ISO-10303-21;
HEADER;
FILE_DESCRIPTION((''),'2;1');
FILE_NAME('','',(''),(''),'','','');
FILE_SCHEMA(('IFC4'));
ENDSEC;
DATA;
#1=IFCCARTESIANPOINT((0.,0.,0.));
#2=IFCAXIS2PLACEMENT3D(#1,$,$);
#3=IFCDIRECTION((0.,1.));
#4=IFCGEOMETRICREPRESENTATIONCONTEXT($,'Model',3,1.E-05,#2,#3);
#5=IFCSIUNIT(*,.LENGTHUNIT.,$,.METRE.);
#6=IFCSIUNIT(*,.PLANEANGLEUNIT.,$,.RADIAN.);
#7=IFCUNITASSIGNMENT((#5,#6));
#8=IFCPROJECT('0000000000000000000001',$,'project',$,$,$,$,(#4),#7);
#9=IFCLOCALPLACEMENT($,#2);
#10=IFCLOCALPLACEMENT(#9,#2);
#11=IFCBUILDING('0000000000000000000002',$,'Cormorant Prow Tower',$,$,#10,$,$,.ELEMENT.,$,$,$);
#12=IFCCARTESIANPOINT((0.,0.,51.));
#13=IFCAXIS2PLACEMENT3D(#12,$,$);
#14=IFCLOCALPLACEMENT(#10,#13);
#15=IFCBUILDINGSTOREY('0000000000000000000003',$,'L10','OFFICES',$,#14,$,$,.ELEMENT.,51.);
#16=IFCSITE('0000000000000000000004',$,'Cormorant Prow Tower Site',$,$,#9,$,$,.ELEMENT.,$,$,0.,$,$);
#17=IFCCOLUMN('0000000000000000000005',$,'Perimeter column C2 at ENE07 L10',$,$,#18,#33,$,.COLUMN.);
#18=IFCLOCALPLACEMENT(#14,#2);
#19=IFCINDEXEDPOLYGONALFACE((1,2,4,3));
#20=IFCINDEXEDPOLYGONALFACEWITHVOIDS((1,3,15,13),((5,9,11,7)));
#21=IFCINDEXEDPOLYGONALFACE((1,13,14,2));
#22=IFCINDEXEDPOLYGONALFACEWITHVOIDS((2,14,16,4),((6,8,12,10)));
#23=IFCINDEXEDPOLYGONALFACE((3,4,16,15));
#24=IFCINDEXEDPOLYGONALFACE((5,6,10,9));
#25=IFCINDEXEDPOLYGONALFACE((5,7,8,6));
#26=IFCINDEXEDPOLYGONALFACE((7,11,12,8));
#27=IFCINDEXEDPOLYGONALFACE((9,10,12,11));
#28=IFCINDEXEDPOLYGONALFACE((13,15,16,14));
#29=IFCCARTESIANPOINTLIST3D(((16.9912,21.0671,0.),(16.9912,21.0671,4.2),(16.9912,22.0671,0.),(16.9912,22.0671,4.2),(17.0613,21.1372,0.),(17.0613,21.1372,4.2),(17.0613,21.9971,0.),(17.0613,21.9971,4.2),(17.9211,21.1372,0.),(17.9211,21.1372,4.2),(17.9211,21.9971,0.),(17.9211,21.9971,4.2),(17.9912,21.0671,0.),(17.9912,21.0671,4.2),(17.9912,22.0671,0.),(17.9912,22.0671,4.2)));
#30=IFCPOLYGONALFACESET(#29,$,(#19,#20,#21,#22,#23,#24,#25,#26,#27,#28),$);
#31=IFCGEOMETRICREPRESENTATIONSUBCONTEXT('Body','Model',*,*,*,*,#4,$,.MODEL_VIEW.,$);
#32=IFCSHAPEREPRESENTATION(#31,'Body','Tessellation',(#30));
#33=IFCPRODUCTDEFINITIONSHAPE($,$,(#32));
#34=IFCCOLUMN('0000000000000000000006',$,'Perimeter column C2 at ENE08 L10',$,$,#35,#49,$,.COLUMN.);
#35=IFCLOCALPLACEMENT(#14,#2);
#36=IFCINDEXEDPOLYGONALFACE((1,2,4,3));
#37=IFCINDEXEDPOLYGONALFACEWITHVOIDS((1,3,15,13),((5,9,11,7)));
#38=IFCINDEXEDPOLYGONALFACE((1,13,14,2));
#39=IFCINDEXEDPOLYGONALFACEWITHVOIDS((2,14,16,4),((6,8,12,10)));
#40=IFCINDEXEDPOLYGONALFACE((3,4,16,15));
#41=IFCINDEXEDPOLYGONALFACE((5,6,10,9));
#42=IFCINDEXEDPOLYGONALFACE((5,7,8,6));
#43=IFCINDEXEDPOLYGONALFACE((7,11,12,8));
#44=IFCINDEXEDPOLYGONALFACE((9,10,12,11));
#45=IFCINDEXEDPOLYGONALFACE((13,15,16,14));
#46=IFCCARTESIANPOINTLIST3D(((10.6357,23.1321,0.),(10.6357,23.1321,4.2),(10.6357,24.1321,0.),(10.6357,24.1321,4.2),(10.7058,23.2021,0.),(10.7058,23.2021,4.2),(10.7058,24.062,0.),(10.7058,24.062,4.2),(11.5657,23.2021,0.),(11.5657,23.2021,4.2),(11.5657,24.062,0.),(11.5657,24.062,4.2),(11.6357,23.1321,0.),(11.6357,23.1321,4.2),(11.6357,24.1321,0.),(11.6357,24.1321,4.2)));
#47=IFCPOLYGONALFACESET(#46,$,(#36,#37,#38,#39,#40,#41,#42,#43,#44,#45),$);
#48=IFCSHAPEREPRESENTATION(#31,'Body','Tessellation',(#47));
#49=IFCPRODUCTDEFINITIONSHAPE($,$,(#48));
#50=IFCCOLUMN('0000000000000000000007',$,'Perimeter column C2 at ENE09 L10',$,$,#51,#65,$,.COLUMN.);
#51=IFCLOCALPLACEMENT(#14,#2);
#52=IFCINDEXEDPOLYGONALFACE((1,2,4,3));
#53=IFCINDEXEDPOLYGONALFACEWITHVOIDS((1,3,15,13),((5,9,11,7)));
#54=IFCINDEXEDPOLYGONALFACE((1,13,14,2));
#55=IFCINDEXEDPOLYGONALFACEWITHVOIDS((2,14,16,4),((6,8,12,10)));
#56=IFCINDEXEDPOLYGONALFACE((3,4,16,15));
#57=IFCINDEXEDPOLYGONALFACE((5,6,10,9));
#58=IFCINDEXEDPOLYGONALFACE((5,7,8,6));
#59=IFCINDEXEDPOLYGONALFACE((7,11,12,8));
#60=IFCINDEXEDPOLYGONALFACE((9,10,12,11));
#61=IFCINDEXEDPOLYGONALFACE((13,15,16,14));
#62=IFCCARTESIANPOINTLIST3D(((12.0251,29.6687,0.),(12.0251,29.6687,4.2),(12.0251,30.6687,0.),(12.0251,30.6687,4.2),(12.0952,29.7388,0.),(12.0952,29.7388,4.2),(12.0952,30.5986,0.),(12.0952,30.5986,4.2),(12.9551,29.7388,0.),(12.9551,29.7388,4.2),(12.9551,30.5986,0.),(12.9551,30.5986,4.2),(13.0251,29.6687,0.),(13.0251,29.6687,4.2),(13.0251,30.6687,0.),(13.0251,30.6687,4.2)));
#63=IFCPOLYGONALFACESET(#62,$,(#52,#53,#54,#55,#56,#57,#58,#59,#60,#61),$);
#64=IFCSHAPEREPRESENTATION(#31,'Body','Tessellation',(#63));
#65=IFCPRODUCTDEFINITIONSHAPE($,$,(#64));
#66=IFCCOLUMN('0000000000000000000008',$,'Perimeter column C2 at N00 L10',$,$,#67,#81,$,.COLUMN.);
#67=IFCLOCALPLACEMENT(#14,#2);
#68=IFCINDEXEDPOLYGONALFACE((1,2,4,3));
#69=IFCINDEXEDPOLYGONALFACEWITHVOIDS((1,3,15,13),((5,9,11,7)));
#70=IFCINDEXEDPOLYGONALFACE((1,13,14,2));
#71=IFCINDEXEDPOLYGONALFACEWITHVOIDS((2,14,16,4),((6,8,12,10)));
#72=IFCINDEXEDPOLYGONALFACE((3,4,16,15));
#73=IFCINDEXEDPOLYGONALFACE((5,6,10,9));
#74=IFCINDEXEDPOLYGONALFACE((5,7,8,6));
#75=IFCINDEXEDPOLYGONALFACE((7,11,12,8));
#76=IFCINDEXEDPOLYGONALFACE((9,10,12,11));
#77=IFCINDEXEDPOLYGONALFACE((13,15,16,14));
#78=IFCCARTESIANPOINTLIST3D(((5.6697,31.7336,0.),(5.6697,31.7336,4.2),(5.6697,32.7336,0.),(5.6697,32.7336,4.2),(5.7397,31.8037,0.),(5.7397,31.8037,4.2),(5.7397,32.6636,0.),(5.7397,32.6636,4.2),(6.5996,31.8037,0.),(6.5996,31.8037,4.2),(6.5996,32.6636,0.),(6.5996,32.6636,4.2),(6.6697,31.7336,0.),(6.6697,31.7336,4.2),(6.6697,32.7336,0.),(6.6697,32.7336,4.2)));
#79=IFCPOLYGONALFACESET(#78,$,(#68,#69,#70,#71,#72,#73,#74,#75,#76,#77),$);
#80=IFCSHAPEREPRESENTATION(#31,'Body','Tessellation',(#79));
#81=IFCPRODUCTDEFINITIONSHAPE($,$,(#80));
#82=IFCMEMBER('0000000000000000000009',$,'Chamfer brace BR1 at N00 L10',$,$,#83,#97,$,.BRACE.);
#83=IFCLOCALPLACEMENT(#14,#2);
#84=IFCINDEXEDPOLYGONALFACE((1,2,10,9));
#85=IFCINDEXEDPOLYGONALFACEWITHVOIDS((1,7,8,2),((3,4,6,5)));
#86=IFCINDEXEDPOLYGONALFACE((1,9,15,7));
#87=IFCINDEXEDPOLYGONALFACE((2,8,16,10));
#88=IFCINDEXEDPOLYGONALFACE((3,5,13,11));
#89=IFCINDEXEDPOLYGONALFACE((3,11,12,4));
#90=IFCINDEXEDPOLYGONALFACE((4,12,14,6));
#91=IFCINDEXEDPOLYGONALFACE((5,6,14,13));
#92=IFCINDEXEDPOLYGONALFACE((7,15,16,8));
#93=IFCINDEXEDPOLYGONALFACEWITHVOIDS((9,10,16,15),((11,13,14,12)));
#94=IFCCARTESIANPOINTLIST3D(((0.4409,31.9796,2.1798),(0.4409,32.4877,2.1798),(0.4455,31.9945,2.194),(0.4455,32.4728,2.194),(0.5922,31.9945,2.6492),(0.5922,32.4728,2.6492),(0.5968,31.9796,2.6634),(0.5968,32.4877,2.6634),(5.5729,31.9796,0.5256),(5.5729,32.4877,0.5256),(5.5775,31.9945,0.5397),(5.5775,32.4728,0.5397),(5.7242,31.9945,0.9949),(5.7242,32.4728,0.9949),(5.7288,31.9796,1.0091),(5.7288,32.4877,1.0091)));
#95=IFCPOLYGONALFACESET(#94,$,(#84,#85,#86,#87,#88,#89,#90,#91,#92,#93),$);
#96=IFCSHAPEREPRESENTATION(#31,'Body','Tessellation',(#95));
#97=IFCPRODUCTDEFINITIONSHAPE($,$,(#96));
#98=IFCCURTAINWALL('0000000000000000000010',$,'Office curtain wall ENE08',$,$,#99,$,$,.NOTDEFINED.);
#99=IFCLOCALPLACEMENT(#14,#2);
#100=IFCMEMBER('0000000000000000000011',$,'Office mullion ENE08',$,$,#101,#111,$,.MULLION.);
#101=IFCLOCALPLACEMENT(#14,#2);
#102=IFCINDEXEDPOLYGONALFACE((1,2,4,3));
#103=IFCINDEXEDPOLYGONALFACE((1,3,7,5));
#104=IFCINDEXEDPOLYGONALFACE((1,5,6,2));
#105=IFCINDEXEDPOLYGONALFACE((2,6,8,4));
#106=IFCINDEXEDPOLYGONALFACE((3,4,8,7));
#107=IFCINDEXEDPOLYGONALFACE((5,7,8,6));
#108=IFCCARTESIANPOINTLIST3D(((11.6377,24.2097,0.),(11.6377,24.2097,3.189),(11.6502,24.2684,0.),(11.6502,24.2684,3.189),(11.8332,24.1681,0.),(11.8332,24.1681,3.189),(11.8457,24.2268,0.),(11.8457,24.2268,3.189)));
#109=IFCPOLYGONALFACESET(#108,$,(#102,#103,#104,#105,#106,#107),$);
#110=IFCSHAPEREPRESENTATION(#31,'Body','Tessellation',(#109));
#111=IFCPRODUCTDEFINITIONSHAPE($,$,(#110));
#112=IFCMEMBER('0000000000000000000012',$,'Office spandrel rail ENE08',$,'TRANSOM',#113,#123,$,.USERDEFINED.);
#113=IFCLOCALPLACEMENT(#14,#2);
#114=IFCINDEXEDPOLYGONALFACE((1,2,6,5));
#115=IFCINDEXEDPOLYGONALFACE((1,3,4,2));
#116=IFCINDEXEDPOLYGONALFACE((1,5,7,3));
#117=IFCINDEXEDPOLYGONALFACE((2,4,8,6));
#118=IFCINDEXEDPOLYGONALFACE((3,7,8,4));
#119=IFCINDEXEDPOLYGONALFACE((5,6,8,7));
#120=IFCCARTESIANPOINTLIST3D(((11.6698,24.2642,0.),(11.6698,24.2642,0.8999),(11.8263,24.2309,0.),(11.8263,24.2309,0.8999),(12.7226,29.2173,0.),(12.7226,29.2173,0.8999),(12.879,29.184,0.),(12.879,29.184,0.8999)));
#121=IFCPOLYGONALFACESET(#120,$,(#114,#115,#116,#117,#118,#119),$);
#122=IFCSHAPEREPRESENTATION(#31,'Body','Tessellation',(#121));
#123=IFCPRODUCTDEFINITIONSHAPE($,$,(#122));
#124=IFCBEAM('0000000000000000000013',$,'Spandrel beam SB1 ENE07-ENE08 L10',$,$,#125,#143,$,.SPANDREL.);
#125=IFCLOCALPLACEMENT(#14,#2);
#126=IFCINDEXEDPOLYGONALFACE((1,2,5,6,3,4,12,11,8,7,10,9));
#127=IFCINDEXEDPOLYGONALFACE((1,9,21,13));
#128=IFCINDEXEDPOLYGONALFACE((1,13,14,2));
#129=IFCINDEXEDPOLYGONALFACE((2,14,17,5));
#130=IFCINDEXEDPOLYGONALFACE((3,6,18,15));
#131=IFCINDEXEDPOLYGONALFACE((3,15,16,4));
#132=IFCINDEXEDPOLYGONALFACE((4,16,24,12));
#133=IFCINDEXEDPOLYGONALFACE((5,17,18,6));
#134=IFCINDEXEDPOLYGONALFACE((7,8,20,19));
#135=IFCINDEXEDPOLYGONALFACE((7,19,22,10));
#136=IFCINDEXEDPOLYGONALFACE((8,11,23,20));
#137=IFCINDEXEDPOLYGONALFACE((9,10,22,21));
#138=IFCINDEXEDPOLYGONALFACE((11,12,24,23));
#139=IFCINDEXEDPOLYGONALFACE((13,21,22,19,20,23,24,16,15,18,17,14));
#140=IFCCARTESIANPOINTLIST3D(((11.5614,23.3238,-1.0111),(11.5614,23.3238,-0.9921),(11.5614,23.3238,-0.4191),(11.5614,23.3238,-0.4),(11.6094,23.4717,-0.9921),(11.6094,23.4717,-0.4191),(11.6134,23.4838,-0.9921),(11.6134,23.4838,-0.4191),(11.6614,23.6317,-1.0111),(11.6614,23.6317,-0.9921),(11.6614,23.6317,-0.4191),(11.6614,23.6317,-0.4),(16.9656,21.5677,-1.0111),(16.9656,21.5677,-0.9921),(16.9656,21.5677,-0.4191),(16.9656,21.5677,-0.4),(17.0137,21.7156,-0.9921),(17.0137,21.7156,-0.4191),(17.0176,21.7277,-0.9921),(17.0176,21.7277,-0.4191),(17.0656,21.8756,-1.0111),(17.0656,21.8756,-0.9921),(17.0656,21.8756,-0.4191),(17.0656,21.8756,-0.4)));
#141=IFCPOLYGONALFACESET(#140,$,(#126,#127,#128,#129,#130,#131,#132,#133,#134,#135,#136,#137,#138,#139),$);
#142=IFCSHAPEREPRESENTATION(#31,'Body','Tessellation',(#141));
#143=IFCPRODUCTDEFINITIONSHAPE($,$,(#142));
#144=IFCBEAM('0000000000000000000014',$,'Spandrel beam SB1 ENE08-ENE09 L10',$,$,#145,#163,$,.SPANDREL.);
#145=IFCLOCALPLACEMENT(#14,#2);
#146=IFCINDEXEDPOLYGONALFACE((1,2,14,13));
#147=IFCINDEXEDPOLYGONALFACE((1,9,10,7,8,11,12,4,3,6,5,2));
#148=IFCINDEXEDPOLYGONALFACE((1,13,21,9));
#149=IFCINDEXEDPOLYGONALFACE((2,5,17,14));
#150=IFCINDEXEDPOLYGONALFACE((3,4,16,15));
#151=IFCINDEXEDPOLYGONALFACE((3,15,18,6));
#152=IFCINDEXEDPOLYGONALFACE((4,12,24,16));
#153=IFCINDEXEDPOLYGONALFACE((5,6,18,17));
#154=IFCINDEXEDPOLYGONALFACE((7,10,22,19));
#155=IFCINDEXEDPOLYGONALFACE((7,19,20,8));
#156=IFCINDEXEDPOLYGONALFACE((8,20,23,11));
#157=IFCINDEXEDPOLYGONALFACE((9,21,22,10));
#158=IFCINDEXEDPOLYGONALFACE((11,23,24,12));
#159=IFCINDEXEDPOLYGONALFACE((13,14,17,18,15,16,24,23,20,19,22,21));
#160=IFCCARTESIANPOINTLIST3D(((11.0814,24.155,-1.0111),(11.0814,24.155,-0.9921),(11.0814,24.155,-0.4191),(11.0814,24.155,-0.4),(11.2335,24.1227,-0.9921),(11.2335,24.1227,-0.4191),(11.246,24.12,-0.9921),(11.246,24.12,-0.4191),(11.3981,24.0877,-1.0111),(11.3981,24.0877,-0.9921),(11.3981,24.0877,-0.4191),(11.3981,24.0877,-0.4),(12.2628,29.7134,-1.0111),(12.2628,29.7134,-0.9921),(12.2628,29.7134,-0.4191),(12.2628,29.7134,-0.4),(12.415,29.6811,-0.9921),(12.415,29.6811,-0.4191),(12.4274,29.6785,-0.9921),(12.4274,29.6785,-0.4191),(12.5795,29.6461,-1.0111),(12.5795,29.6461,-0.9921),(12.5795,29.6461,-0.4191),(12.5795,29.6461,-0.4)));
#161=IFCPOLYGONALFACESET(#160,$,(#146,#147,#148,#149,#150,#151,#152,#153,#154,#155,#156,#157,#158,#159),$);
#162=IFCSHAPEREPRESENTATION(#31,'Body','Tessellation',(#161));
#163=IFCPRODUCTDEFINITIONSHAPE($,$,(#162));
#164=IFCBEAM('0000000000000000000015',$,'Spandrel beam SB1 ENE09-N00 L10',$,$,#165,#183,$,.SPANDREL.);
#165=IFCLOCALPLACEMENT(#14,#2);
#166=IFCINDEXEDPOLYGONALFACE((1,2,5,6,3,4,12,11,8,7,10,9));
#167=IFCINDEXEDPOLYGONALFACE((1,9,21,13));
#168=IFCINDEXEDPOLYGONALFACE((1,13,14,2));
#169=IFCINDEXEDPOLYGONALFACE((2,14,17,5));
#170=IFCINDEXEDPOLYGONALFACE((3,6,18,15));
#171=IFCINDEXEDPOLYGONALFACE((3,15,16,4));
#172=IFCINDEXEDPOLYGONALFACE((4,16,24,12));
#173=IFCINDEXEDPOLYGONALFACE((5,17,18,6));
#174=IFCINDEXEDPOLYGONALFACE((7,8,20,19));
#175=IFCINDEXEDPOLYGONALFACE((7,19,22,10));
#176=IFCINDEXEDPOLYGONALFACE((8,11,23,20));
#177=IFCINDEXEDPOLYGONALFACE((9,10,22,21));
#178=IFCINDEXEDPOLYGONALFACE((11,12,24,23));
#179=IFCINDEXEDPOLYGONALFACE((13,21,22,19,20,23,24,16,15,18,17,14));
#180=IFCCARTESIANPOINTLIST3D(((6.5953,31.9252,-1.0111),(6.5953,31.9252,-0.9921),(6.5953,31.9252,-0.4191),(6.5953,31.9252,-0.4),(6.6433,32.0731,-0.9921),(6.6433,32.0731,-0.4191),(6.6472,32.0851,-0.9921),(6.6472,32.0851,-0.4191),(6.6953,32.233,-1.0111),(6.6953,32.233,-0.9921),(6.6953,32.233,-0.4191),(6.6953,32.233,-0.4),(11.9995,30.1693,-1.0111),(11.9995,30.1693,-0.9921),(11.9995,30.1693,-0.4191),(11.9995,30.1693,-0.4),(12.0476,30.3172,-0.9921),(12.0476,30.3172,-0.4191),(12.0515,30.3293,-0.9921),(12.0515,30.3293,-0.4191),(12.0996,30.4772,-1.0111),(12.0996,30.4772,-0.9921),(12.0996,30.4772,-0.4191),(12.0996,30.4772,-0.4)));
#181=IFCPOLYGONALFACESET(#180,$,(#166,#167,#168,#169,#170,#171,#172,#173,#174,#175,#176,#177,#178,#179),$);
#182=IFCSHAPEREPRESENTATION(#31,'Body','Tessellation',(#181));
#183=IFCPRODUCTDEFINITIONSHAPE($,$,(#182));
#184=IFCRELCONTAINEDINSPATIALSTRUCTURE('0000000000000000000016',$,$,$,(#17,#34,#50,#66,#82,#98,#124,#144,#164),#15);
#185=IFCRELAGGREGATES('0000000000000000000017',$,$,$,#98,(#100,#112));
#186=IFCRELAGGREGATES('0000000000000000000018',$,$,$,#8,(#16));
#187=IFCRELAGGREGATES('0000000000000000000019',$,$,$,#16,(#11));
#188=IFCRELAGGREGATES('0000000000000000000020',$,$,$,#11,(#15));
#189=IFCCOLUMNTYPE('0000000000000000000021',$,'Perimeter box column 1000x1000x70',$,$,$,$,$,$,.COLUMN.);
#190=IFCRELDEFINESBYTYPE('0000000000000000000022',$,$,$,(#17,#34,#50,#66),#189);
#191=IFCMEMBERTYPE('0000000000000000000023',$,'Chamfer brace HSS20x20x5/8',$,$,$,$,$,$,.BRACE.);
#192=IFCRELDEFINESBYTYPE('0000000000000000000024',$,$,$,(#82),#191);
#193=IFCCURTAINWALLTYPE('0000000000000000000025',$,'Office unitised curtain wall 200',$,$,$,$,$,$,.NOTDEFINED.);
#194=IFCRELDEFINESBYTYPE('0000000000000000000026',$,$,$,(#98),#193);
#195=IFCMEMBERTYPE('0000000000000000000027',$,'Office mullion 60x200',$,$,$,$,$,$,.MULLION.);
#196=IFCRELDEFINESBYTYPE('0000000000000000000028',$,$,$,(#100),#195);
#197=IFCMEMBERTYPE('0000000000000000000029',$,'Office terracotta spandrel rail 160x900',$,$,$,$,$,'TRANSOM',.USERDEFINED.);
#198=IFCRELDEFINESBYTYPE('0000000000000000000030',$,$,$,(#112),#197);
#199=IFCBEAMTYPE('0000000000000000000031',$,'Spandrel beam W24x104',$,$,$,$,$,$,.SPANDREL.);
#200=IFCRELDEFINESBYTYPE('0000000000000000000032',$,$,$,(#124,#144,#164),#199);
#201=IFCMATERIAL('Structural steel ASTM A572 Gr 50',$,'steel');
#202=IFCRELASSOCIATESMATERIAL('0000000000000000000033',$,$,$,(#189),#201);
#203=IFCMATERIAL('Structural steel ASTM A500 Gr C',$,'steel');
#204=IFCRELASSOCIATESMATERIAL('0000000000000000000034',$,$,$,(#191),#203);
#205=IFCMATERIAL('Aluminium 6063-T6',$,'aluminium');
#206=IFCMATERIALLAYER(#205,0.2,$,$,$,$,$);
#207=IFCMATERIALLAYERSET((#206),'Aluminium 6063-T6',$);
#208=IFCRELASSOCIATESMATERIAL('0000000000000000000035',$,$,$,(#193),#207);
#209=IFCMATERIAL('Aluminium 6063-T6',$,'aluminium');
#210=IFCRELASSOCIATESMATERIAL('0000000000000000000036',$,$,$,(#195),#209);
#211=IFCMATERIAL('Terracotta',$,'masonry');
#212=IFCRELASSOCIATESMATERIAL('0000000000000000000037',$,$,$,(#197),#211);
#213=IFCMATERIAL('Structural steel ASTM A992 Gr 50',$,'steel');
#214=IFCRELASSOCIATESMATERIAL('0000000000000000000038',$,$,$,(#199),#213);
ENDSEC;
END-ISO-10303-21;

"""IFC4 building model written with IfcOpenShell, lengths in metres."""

from ifc_helpers import new_model, si_unit, direction, frame, origin, origin_2d, place, context, subcontext, project, spatial, rectangle, hollow_rectangle, i_section, extrude, material, layer, layer_set, material_profile, profile_set, type_object, element, aggregate, save


model = new_model("IFC4")

# Units and contexts
model_context = context("Model", 3, precision=1e-05, world=origin(), true_north=direction((0.0, 1.0)))
body_context = subcontext(model_context, "Body", "Model", "MODEL_VIEW")
ifc_project = project(units=[si_unit("LENGTHUNIT", "METRE"), si_unit("PLANEANGLEUNIT", "RADIAN")], contexts=[model_context])

# Site, building, storey
site_placement = place(None, origin())
site = spatial("IfcSite", under=ifc_project, at=site_placement, Name="Cormorant Prow Tower Site", CompositionType="ELEMENT", RefElevation=0.0)
building_placement = place(site_placement, origin())
building = spatial("IfcBuilding", under=site, at=building_placement, Name="Cormorant Prow Tower", CompositionType="ELEMENT")
storey_placement = place(building_placement, frame((0.0, 0.0, 51.0)))
storey = spatial("IfcBuildingStorey", under=building, at=storey_placement, Name="L10", Description="OFFICES", CompositionType="ELEMENT", Elevation=51.0)

# Columns
ifc_material_1 = material(Name="Structural steel ASTM A572 Gr 50", Category="steel")
ifc_material_profile_1 = material_profile(ifc_material_1, hollow_rectangle(XDim=1.0, YDim=1.0, WallThickness=0.0701, at=origin_2d()), Name="Box 1000x1000x70")
ifc_profile_set_1 = profile_set([ifc_material_profile_1], Name="Structural steel ASTM A572 Gr 50")
column_type = type_object("IfcColumnType", Name="Perimeter box column 1000x1000x70", PredefinedType="COLUMN", material=ifc_profile_set_1)
for number, where, z_axis, x_axis, name in (
    (1, (17.4912, 21.5671, 0.0), (0.0, 0.0, 1.0), (1.0, 0.0, 0.0), "Perimeter column C2 at ENE07 L10"),
    (2, (11.1357, 23.6321, 0.0), (0.0, 0.0, 1.0), (1.0, 0.0, 0.0), "Perimeter column C2 at ENE08 L10"),
    (3, (12.5251, 30.1687, 0.0), (0.0, 0.0, 1.0), (1.0, 0.0, 0.0), "Perimeter column C2 at ENE09 L10"),
    (4, (6.1697, 32.2336, 0.0), (0.0, 0.0, 1.0), (1.0, 0.0, 0.0), "Perimeter column C2 at N00 L10"),
):
    element("IfcColumn", number, at=place(storey_placement, frame(where, z_axis=z_axis, x_axis=x_axis)), inside=storey, type_object=column_type, Name=name, PredefinedType="COLUMN", context=body_context, shape_type="SweptSolid", body=[
        extrude(hollow_rectangle(XDim=1.0, YDim=1.0, WallThickness=0.0701, at=origin_2d()), origin(), (0.0, 0.0, 1.0), 4.2),
    ])

# Member
ifc_material_2 = material(Name="Structural steel ASTM A500 Gr C", Category="steel")
ifc_material_profile_2 = material_profile(ifc_material_2, hollow_rectangle(XDim=0.5081, YDim=0.5081, WallThickness=0.0149, at=origin_2d()), Name="HSS20x20x5/8")
ifc_profile_set_2 = profile_set([ifc_material_profile_2], Name="Structural steel ASTM A500 Gr C")
member_type_1 = type_object("IfcMemberType", Name="Chamfer brace HSS20x20x5/8", PredefinedType="BRACE", material=ifc_profile_set_2)
member_1_placement = place(storey_placement, frame((5.6509, 32.2336, 0.7673), z_axis=(-0.951774, 0.0, 0.306799), x_axis=(0.0, -1.0, 0.0)))
element("IfcMember", 5, at=member_1_placement, inside=storey, type_object=member_type_1, Name="Chamfer brace BR1 at N00 L10", PredefinedType="BRACE", context=body_context, shape_type="SweptSolid", body=[
    extrude(hollow_rectangle(XDim=0.5081, YDim=0.5081, WallThickness=0.0149, at=origin_2d()), origin(), (0.0, 0.0, 1.0), 5.3921),
])

# Curtain wall, members
ifc_material_3 = material(Name="Aluminium 6063-T6", Category="aluminium")
ifc_layer_1 = layer(ifc_material_3, 0.2)
ifc_layer_set_1 = layer_set([ifc_layer_1], Name="Aluminium 6063-T6")
curtain_wall_type = type_object("IfcCurtainWallType", Name="Office unitised curtain wall 200", PredefinedType="NOTDEFINED", material=ifc_layer_set_1)
curtain_wall_1_placement = place(storey_placement, origin())
curtain_wall_1 = element("IfcCurtainWall", 6, at=curtain_wall_1_placement, inside=storey, type_object=curtain_wall_type, Name="Office curtain wall ENE08", PredefinedType="NOTDEFINED")
ifc_material_4 = material(Name="Aluminium 6063-T6", Category="aluminium")
ifc_material_profile_3 = material_profile(ifc_material_4, rectangle(XDim=0.2, YDim=0.0601, at=origin_2d()), Name="Office mullion 60x200")
ifc_profile_set_3 = profile_set([ifc_material_profile_3], Name="Aluminium 6063-T6")
member_type_2 = type_object("IfcMemberType", Name="Office mullion 60x200", PredefinedType="MULLION", material=ifc_profile_set_3)
member_2_placement = place(storey_placement, frame((11.7417, 24.2183, 0.0), z_axis=(0.0, 0.0, 1.0), x_axis=(-0.978148, 0.207912, 0.0)))
member_2 = element("IfcMember", 7, at=member_2_placement, type_object=member_type_2, Name="Office mullion ENE08", PredefinedType="MULLION", context=body_context, shape_type="SweptSolid", body=[
    extrude(rectangle(XDim=0.2, YDim=0.0601, at=origin_2d()), origin(), (0.0, 0.0, 1.0), 3.189),
])
ifc_material_5 = material(Name="Terracotta", Category="masonry")
ifc_material_profile_4 = material_profile(ifc_material_5, rectangle(XDim=0.1599, YDim=0.8999, at=origin_2d()), Name="Office terracotta spandrel rail 160x900")
ifc_profile_set_4 = profile_set([ifc_material_profile_4], Name="Terracotta")
member_type_3 = type_object("IfcMemberType", Name="Office terracotta spandrel rail 160x900", ElementType="TRANSOM", PredefinedType="USERDEFINED", material=ifc_profile_set_4)
member_3_placement = place(storey_placement, frame((11.748, 24.2476, 0.45), z_axis=(0.207896, 0.978151, 0.0), x_axis=(-0.978151, 0.207896, 0.0)))
member_3 = element("IfcMember", 8, at=member_3_placement, type_object=member_type_3, Name="Office spandrel rail ENE08", ObjectType="TRANSOM", PredefinedType="USERDEFINED", context=body_context, shape_type="SweptSolid", body=[
    extrude(rectangle(XDim=0.1599, YDim=0.8999, at=origin_2d()), origin(), (0.0, 0.0, 1.0), 5.0637),
])

# Beams
ifc_material_6 = material(Name="Structural steel ASTM A992 Gr 50", Category="steel")
ifc_material_profile_5 = material_profile(ifc_material_6, i_section(OverallWidth=0.3237, OverallDepth=0.6111, WebThickness=0.0127, FlangeThickness=0.019, at=origin_2d()), Name="W24x104")
ifc_profile_set_5 = profile_set([ifc_material_profile_5], Name="Structural steel ASTM A992 Gr 50")
beam_type = type_object("IfcBeamType", Name="Spandrel beam W24x104", PredefinedType="SPANDREL", material=ifc_profile_set_5)
beam_1_placement = place(storey_placement, frame((17.0156, 21.7217, -0.7056), z_axis=(-0.951049, 0.309039, 0.0), x_axis=(-0.309039, -0.951049, 0.0)))
element("IfcBeam", 9, at=beam_1_placement, inside=storey, type_object=beam_type, Name="Spandrel beam SB1 ENE07-ENE08 L10", PredefinedType="SPANDREL", context=body_context, shape_type="SweptSolid", body=[
    extrude(i_section(OverallWidth=0.3237, OverallDepth=0.6111, WebThickness=0.0127, FlangeThickness=0.019, at=origin_2d()), origin(), (0.0, 0.0, 1.0), 5.6824),
])
beam_2_placement = place(storey_placement, frame((11.2397, 24.1213, -0.7056), z_axis=(0.2079, 0.97815, 0.0), x_axis=(-0.97815, 0.2079, 0.0)))
element("IfcBeam", 10, at=beam_2_placement, inside=storey, type_object=beam_type, Name="Spandrel beam SB1 ENE08-ENE09 L10", PredefinedType="SPANDREL", context=body_context, shape_type="SweptSolid", body=[
    extrude(i_section(OverallWidth=0.3237, OverallDepth=0.6111, WebThickness=0.0127, FlangeThickness=0.019, at=origin_2d()), origin(), (0.0, 0.0, 1.0), 5.6826),
])
beam_3_placement = place(storey_placement, frame((12.0496, 30.3232, -0.7056), z_axis=(-0.951062, 0.309001, 0.0), x_axis=(-0.309001, -0.951062, 0.0)))
element("IfcBeam", 11, at=beam_3_placement, inside=storey, type_object=beam_type, Name="Spandrel beam SB1 ENE09-N00 L10", PredefinedType="SPANDREL", context=body_context, shape_type="SweptSolid", body=[
    extrude(i_section(OverallWidth=0.3237, OverallDepth=0.6111, WebThickness=0.0127, FlangeThickness=0.019, at=origin_2d()), origin(), (0.0, 0.0, 1.0), 5.6824),
])

aggregate(curtain_wall_1, [member_2, member_3])

save(model, "model.ifc")
